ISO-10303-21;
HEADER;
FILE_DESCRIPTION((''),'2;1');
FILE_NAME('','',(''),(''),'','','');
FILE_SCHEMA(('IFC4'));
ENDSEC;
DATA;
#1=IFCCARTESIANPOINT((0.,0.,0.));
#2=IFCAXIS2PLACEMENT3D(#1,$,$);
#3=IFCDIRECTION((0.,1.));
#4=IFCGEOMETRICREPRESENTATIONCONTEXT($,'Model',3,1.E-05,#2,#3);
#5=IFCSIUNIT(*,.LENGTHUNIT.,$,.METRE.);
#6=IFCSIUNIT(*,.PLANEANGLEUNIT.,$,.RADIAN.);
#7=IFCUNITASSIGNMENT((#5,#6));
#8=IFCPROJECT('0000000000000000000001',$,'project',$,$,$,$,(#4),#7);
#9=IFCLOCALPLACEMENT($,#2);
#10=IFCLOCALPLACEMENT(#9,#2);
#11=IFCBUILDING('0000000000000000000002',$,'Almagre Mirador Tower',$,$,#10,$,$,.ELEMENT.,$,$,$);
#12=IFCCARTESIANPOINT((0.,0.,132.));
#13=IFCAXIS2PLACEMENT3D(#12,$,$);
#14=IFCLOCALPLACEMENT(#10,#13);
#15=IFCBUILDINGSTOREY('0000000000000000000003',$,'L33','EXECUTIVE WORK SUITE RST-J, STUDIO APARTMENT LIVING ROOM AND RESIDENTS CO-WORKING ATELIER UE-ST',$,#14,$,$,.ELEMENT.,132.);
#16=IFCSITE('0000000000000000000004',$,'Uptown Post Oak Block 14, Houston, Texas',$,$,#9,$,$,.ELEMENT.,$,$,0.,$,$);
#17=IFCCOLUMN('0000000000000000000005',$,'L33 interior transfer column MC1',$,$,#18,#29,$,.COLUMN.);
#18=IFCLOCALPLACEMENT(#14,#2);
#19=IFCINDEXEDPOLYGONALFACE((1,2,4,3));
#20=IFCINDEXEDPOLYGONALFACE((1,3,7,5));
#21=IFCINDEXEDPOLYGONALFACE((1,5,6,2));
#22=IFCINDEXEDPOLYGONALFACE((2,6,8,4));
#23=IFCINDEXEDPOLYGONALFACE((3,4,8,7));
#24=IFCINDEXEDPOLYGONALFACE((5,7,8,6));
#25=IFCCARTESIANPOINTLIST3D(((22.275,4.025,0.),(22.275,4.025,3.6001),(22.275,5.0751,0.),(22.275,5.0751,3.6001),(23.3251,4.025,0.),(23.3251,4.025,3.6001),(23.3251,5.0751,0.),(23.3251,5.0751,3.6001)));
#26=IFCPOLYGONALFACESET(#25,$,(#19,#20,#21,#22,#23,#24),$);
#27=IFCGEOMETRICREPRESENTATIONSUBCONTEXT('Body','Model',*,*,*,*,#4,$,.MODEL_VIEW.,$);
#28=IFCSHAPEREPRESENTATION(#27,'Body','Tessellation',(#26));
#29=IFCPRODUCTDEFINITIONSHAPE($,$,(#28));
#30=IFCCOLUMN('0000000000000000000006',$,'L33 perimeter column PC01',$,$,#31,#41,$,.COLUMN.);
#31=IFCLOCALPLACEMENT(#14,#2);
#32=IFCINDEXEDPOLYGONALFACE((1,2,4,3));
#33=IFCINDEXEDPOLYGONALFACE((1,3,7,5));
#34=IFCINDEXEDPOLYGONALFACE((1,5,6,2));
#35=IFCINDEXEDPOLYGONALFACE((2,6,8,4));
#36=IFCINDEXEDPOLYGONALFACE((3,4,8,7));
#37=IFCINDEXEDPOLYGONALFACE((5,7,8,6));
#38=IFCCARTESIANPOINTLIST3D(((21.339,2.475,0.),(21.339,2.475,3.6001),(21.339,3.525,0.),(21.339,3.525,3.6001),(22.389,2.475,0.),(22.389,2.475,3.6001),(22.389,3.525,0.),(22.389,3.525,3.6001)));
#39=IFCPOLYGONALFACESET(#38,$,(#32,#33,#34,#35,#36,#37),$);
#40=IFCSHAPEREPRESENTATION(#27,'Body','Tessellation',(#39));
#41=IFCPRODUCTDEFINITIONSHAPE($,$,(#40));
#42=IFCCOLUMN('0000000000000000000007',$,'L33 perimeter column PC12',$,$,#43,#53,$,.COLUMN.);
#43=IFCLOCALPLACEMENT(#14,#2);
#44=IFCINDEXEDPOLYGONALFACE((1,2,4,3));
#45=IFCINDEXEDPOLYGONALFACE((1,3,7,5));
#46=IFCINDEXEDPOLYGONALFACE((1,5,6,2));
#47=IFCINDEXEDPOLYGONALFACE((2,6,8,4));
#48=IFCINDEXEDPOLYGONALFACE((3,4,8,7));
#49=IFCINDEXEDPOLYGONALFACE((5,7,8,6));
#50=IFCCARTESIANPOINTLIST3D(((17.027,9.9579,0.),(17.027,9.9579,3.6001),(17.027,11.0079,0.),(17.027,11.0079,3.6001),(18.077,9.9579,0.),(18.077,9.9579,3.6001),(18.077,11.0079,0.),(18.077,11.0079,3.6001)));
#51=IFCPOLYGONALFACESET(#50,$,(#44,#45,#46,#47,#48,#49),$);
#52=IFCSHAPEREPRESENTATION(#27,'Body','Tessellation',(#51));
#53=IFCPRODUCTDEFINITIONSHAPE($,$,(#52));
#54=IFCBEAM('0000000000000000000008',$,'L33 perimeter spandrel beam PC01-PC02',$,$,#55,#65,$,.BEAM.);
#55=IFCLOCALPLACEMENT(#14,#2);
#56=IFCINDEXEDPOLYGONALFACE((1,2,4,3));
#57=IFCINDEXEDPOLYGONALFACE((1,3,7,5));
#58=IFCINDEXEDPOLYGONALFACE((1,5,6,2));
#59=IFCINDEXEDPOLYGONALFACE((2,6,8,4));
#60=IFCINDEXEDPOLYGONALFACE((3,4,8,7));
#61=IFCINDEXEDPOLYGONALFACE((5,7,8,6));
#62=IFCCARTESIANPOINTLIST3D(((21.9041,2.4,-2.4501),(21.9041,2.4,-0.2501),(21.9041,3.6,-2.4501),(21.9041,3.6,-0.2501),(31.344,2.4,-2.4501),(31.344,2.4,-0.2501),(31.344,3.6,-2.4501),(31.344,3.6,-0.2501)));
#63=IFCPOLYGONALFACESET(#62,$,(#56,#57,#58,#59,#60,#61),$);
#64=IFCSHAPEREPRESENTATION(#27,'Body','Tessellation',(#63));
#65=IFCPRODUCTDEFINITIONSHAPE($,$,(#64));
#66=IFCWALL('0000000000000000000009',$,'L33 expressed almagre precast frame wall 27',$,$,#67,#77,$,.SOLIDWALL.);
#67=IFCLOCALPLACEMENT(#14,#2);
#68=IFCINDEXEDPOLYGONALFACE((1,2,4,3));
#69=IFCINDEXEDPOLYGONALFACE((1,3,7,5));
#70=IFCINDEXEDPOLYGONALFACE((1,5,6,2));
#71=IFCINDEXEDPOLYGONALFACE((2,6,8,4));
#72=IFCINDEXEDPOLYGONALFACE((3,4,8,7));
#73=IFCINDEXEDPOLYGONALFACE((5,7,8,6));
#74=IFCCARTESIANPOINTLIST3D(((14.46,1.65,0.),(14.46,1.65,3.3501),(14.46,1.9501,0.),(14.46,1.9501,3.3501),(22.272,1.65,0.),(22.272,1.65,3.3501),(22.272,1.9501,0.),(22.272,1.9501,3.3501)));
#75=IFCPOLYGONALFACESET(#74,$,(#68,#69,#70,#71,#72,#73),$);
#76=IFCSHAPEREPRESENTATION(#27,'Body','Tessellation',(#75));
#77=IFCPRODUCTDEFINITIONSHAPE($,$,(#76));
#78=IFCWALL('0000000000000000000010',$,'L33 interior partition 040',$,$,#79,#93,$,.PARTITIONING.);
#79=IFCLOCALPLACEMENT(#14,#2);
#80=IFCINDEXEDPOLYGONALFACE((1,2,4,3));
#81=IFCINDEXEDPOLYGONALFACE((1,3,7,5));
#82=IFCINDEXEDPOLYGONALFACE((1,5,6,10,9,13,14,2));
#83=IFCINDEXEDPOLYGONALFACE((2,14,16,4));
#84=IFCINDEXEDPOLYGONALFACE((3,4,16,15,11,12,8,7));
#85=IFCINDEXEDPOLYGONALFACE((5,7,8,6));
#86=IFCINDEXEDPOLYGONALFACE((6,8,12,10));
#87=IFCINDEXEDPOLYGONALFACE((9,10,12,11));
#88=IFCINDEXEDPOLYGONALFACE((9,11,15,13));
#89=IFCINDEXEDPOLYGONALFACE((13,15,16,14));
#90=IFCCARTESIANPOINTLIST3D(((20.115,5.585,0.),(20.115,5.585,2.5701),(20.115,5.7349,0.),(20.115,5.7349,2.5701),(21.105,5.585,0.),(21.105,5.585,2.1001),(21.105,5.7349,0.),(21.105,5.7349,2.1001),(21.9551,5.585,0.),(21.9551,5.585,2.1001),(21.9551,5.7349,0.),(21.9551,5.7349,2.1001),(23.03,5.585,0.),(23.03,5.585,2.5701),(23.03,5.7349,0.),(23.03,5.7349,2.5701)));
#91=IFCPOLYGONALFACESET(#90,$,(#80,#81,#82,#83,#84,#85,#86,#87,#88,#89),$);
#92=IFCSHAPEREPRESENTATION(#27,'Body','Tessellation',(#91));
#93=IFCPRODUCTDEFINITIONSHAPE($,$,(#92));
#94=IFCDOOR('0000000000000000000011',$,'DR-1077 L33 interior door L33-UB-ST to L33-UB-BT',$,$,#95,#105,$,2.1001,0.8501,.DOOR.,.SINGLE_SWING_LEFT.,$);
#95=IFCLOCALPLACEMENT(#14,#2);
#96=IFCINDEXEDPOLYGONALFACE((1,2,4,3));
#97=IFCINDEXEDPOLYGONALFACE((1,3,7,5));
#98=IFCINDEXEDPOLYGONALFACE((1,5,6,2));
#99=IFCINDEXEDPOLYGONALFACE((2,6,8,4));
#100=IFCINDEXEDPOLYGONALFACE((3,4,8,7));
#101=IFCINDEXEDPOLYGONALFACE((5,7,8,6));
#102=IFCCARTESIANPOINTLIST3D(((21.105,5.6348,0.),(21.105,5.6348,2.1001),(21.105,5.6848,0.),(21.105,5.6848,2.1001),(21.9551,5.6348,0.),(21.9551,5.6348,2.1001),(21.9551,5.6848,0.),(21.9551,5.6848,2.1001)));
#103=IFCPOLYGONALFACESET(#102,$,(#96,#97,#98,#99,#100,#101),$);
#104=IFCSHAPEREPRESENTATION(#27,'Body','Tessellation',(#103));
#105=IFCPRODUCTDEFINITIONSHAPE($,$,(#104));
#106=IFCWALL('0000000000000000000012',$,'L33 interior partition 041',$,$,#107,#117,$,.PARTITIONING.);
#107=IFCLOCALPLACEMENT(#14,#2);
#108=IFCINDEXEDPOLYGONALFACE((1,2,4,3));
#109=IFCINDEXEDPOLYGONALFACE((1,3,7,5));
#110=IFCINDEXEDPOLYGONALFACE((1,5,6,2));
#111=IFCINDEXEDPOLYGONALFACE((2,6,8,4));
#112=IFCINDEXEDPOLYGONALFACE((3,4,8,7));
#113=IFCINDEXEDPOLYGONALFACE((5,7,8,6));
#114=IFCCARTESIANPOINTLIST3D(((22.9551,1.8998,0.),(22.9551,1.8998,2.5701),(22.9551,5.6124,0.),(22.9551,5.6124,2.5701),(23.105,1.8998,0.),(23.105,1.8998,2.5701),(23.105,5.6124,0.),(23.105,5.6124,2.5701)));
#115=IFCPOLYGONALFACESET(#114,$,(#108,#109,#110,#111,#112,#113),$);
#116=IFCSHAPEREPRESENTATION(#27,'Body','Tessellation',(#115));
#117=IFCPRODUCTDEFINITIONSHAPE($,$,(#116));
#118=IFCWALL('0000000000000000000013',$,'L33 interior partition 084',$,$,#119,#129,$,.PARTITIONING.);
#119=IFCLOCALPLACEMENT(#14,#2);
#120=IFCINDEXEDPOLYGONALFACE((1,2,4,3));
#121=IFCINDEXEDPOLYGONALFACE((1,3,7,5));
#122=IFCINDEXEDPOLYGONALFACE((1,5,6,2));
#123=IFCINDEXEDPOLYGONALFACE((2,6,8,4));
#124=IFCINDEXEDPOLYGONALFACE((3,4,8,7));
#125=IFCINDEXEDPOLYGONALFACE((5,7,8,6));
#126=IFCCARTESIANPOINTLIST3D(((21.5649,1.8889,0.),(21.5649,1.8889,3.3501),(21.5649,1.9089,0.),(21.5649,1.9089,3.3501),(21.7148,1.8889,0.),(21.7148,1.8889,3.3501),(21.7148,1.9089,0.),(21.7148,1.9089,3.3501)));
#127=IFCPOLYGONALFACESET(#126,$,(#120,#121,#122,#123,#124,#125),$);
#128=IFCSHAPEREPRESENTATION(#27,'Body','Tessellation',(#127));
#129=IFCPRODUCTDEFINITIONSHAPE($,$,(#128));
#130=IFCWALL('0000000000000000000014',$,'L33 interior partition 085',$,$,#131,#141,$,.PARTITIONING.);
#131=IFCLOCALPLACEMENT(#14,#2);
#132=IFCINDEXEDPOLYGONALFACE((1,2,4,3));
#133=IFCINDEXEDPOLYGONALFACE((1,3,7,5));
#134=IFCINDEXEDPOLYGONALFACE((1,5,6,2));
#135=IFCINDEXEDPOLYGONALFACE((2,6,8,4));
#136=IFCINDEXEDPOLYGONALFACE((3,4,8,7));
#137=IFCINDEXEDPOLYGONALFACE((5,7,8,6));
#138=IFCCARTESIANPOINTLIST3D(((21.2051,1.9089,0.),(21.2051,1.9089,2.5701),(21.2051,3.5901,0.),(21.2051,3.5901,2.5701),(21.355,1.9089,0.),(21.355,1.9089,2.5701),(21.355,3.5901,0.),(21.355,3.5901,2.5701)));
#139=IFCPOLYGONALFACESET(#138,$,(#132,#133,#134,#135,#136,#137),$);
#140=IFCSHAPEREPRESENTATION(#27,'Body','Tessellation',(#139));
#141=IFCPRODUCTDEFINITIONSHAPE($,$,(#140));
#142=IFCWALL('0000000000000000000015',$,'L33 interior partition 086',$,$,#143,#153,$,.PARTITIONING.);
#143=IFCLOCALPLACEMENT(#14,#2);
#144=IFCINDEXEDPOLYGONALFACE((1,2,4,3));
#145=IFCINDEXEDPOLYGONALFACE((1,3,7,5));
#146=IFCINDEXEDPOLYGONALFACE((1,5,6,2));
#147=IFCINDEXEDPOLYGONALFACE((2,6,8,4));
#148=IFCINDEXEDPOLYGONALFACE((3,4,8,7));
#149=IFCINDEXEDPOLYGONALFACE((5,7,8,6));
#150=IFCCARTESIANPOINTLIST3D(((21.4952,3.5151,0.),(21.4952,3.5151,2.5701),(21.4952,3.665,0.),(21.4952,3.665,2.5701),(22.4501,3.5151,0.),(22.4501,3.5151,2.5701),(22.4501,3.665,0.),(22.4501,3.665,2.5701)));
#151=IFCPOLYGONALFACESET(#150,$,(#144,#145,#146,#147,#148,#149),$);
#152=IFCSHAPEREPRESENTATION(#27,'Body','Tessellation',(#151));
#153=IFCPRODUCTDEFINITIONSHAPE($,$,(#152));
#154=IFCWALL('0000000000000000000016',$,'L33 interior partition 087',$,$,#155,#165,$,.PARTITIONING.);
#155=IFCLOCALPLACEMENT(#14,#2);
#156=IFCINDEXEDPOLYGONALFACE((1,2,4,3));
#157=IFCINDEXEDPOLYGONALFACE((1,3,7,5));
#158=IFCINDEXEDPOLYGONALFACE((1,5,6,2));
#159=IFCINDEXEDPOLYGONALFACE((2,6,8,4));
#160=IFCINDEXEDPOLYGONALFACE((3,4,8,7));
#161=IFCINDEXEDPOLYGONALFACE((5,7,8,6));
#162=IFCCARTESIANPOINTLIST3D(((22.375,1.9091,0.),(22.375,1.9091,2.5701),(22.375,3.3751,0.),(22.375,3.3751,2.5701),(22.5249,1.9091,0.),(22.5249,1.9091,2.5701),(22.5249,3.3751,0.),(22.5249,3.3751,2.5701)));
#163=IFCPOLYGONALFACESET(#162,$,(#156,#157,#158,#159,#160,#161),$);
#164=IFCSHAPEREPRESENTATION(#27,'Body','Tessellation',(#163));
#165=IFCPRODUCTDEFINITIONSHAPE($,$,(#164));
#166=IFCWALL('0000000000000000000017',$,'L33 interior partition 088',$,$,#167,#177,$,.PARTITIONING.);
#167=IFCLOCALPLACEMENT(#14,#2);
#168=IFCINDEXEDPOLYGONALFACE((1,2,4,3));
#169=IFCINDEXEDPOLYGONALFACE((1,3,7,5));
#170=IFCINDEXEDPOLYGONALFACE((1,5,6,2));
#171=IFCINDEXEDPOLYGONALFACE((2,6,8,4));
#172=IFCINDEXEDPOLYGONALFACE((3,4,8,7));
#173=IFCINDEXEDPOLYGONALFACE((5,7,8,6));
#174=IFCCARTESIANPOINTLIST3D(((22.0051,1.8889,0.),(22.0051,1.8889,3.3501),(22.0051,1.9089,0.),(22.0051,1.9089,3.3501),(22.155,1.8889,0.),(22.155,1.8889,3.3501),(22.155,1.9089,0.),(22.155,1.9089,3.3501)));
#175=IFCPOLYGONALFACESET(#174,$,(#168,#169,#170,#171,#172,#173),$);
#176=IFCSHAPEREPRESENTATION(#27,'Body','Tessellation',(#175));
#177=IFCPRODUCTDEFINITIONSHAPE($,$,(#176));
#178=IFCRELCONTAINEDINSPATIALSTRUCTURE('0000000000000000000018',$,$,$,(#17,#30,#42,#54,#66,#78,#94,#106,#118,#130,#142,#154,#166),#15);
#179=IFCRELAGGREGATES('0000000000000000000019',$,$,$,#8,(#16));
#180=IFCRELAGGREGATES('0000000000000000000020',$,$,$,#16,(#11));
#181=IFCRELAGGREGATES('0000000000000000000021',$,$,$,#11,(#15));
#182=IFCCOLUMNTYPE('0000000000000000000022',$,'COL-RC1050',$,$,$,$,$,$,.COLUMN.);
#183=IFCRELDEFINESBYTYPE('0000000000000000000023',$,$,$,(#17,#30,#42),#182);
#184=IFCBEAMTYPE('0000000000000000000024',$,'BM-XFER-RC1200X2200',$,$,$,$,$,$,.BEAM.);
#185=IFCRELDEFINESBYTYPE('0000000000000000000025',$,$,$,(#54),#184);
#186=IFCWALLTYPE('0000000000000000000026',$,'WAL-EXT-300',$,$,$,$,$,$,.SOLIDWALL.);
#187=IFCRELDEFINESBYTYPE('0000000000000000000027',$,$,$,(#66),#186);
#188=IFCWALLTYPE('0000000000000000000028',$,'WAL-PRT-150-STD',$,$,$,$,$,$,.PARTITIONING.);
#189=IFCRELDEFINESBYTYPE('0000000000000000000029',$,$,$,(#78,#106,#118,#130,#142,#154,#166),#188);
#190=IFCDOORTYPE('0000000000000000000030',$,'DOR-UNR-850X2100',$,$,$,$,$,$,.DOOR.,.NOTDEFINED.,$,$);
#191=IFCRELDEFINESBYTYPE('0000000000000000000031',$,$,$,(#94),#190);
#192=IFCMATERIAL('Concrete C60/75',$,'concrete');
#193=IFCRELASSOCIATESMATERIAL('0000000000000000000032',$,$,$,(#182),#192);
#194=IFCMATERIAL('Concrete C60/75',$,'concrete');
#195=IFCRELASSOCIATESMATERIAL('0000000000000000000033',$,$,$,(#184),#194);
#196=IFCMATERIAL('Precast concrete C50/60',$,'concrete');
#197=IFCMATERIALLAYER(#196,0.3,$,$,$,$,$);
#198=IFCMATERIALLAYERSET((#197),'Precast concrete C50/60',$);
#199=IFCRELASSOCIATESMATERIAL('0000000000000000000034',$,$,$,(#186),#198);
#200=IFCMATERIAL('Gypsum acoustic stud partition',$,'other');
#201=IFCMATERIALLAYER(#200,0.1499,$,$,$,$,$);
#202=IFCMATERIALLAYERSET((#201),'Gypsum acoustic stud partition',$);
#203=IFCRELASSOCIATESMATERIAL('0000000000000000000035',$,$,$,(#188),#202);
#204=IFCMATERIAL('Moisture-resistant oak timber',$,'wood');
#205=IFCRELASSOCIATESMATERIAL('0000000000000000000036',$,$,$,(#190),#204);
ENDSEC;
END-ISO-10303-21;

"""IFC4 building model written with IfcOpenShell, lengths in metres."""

from ifc_helpers import new_model, si_unit, direction, frame, frame_2d, origin, origin_2d, place, context, subcontext, project, spatial, rectangle, extrude, material, layer, layer_set, material_profile, profile_set, type_object, element, fill, save


model = new_model("IFC4")

# Units and contexts
model_context = context("Model", 3, precision=1e-05, world=origin(), true_north=direction((0.0, 1.0)))
body_context = subcontext(model_context, "Body", "Model", "MODEL_VIEW")
ifc_project = project(units=[si_unit("LENGTHUNIT", "METRE"), si_unit("PLANEANGLEUNIT", "RADIAN")], contexts=[model_context])

# Site, building, storey
site_placement = place(None, origin())
site = spatial("IfcSite", under=ifc_project, at=site_placement, Name="Uptown Post Oak Block 14, Houston, Texas", CompositionType="ELEMENT", RefElevation=0.0)
building_placement = place(site_placement, origin())
building = spatial("IfcBuilding", under=site, at=building_placement, Name="Almagre Mirador Tower", CompositionType="ELEMENT")
storey_placement = place(building_placement, frame((0.0, 0.0, 132.0)))
storey = spatial("IfcBuildingStorey", under=building, at=storey_placement, Name="L33", Description="EXECUTIVE WORK SUITE RST-J, STUDIO APARTMENT LIVING ROOM AND RESIDENTS CO-WORKING ATELIER UE-ST", CompositionType="ELEMENT", Elevation=132.0)

# Columns
ifc_material_1 = material(Name="Concrete C60/75", Category="concrete")
ifc_material_profile_1 = material_profile(ifc_material_1, rectangle(XDim=1.05, YDim=1.05, at=origin_2d()), Name="RC1050X1050")
ifc_profile_set_1 = profile_set([ifc_material_profile_1], Name="Concrete C60/75")
column_type = type_object("IfcColumnType", Name="COL-RC1050", PredefinedType="COLUMN", material=ifc_profile_set_1)
for number, where, z_axis, x_axis, name in (
    (1, (22.8, 4.55, 0.0), (0.0, 0.0, 1.0), (1.0, 0.0, 0.0), "L33 interior transfer column MC1"),
    (2, (21.864, 3.0, 0.0), (0.0, 0.0, 1.0), (1.0, 0.0, 0.0), "L33 perimeter column PC01"),
    (3, (17.552, 10.4829, 0.0), (0.0, 0.0, 1.0), (1.0, 0.0, 0.0), "L33 perimeter column PC12"),
):
    element("IfcColumn", number, at=place(storey_placement, frame(where, z_axis=z_axis, x_axis=x_axis)), inside=storey, type_object=column_type, Name=name, PredefinedType="COLUMN", context=body_context, shape_type="SweptSolid", body=[
        extrude(rectangle(XDim=1.05, YDim=1.05, at=origin_2d()), origin(), (0.0, 0.0, 1.0), 3.6001),
    ])

# Beam
ifc_material_2 = material(Name="Concrete C60/75", Category="concrete")
ifc_material_profile_2 = material_profile(ifc_material_2, rectangle(XDim=1.2, YDim=2.2, at=origin_2d()), Name="RC1200X2200")
ifc_profile_set_2 = profile_set([ifc_material_profile_2], Name="Concrete C60/75")
beam_type = type_object("IfcBeamType", Name="BM-XFER-RC1200X2200", PredefinedType="BEAM", material=ifc_profile_set_2)
beam_placement = place(storey_placement, frame((21.9041, 3.0, -1.3501), z_axis=(1.0, 0.0, 0.0), x_axis=(0.0, 1.0, 0.0)))
element("IfcBeam", 4, at=beam_placement, inside=storey, type_object=beam_type, Name="L33 perimeter spandrel beam PC01-PC02", PredefinedType="BEAM", context=body_context, shape_type="SweptSolid", body=[
    extrude(rectangle(XDim=1.2, YDim=2.2, at=origin_2d()), origin(), (0.0, 0.0, 1.0), 9.4399),
])

# Wall
ifc_material_3 = material(Name="Precast concrete C50/60", Category="concrete")
ifc_layer_1 = layer(ifc_material_3, 0.3)
ifc_layer_set_1 = layer_set([ifc_layer_1], Name="Precast concrete C50/60")
wall_type_1 = type_object("IfcWallType", Name="WAL-EXT-300", PredefinedType="SOLIDWALL", material=ifc_layer_set_1)
wall_1_placement = place(storey_placement, frame((22.272, 1.8, 0.0), z_axis=(0.0, 0.0, 1.0), x_axis=(-1.0, 0.0, 0.0)))
element("IfcWall", 5, at=wall_1_placement, inside=storey, type_object=wall_type_1, Name="L33 expressed almagre precast frame wall 27", PredefinedType="SOLIDWALL", context=body_context, shape_type="SweptSolid", body=[
    extrude(rectangle(XDim=7.812, YDim=0.3, at=frame_2d((3.906, 0.0))), origin(), (0.0, 0.0, 1.0), 3.3501),
])

# Wall, opening, door
ifc_material_4 = material(Name="Gypsum acoustic stud partition", Category="other")
ifc_layer_2 = layer(ifc_material_4, 0.1499)
ifc_layer_set_2 = layer_set([ifc_layer_2], Name="Gypsum acoustic stud partition")
wall_type_2 = type_object("IfcWallType", Name="WAL-PRT-150-STD", PredefinedType="PARTITIONING", material=ifc_layer_set_2)
wall_2_placement = place(storey_placement, frame((20.115, 5.6599, 0.0), z_axis=(0.0, 0.0, 1.0), x_axis=(1.0, 0.0, 0.0)))
wall_2 = element("IfcWall", 6, at=wall_2_placement, inside=storey, type_object=wall_type_2, Name="L33 interior partition 040", PredefinedType="PARTITIONING", context=body_context, shape_type="SweptSolid", body=[
    extrude(rectangle(XDim=2.915, YDim=0.1499, at=frame_2d((1.4575, 0.0))), origin(), (0.0, 0.0, 1.0), 2.5701),
])
opening_1_placement = place(wall_2_placement, frame((0.99, 0.0, 0.0)))
opening_1 = element("IfcOpeningElement", 7, at=opening_1_placement, cuts=wall_2, PredefinedType="OPENING", context=body_context, shape_type="SweptSolid", body=[
    extrude(rectangle(XDim=0.8501, YDim=2.1001, at=frame_2d((0.425, 1.05))), frame((0.0, 0.085, 0.0), z_axis=(0.0, -1.0, 0.0), x_axis=(1.0, 0.0, 0.0)), (0.0, 0.0, 1.0), 0.1699),
])
ifc_material_5 = material(Name="Moisture-resistant oak timber", Category="wood")
door_type_1 = type_object("IfcDoorType", Name="DOR-UNR-850X2100", OperationType="NOTDEFINED", PredefinedType="DOOR", material=ifc_material_5)
door_1_placement = place(opening_1_placement, origin())
door_1 = element("IfcDoor", 8, at=door_1_placement, inside=storey, type_object=door_type_1, Name="DR-1077 L33 interior door L33-UB-ST to L33-UB-BT", OperationType="SINGLE_SWING_LEFT", OverallHeight=2.1001, OverallWidth=0.8501, PredefinedType="DOOR", context=body_context, shape_type="SweptSolid", body=[
    extrude(rectangle(XDim=0.8501, YDim=2.1001, at=frame_2d((0.425, 1.05))), frame((0.0, 0.0249, 0.0), z_axis=(0.0, -1.0, 0.0), x_axis=(1.0, 0.0, 0.0)), (0.0, 0.0, 1.0), 0.05),
])
fill(opening_1, door_1)

# Walls
wall_3_placement = place(storey_placement, frame((23.03, 5.6125, 0.0), z_axis=(0.0, 0.0, 1.0), x_axis=(0.0, -1.0, 0.0)))
element("IfcWall", 9, at=wall_3_placement, inside=storey, type_object=wall_type_2, Name="L33 interior partition 041", PredefinedType="PARTITIONING", context=body_context, shape_type="SweptSolid", body=[
    extrude(rectangle(XDim=3.7126, YDim=0.1499, at=frame_2d((1.8564, 0.0))), origin(), (0.0, 0.0, 1.0), 2.5701),
])
wall_4_placement = place(storey_placement, frame((21.6399, 1.8889, 0.0), z_axis=(0.0, 0.0, 1.0), x_axis=(0.0, 1.0, 0.0)))
element("IfcWall", 10, at=wall_4_placement, inside=storey, type_object=wall_type_2, Name="L33 interior partition 084", PredefinedType="PARTITIONING", context=body_context, shape_type="SweptSolid", body=[
    extrude(rectangle(XDim=0.02, YDim=0.1499, at=frame_2d((0.01, 0.0))), origin(), (0.0, 0.0, 1.0), 3.3501),
])
wall_5_placement = place(storey_placement, frame((21.28, 1.9089, 0.0), z_axis=(0.0, 0.0, 1.0), x_axis=(0.0, 1.0, 0.0)))
element("IfcWall", 11, at=wall_5_placement, inside=storey, type_object=wall_type_2, Name="L33 interior partition 085", PredefinedType="PARTITIONING", context=body_context, shape_type="SweptSolid", body=[
    extrude(rectangle(XDim=1.6812, YDim=0.1499, at=frame_2d((0.8406, 0.0))), origin(), (0.0, 0.0, 1.0), 2.5701),
])
wall_6_placement = place(storey_placement, frame((21.4951, 3.5901, 0.0), z_axis=(0.0, 0.0, 1.0), x_axis=(1.0, 0.0, 0.0)))
element("IfcWall", 12, at=wall_6_placement, inside=storey, type_object=wall_type_2, Name="L33 interior partition 086", PredefinedType="PARTITIONING", context=body_context, shape_type="SweptSolid", body=[
    extrude(rectangle(XDim=0.9548, YDim=0.1499, at=frame_2d((0.4775, 0.0))), origin(), (0.0, 0.0, 1.0), 2.5701),
])
wall_7_placement = place(storey_placement, frame((22.45, 3.375, 0.0), z_axis=(0.0, 0.0, 1.0), x_axis=(0.0, -1.0, 0.0)))
element("IfcWall", 13, at=wall_7_placement, inside=storey, type_object=wall_type_2, Name="L33 interior partition 087", PredefinedType="PARTITIONING", context=body_context, shape_type="SweptSolid", body=[
    extrude(rectangle(XDim=1.4661, YDim=0.1499, at=frame_2d((0.7329, 0.0))), origin(), (0.0, 0.0, 1.0), 2.5701),
])
wall_8_placement = place(storey_placement, frame((22.0801, 1.9089, 0.0), z_axis=(0.0, 0.0, 1.0), x_axis=(0.0, -1.0, 0.0)))
element("IfcWall", 14, at=wall_8_placement, inside=storey, type_object=wall_type_2, Name="L33 interior partition 088", PredefinedType="PARTITIONING", context=body_context, shape_type="SweptSolid", body=[
    extrude(rectangle(XDim=0.02, YDim=0.1499, at=frame_2d((0.01, 0.0))), origin(), (0.0, 0.0, 1.0), 3.3501),
])

save(model, "model.ifc")
